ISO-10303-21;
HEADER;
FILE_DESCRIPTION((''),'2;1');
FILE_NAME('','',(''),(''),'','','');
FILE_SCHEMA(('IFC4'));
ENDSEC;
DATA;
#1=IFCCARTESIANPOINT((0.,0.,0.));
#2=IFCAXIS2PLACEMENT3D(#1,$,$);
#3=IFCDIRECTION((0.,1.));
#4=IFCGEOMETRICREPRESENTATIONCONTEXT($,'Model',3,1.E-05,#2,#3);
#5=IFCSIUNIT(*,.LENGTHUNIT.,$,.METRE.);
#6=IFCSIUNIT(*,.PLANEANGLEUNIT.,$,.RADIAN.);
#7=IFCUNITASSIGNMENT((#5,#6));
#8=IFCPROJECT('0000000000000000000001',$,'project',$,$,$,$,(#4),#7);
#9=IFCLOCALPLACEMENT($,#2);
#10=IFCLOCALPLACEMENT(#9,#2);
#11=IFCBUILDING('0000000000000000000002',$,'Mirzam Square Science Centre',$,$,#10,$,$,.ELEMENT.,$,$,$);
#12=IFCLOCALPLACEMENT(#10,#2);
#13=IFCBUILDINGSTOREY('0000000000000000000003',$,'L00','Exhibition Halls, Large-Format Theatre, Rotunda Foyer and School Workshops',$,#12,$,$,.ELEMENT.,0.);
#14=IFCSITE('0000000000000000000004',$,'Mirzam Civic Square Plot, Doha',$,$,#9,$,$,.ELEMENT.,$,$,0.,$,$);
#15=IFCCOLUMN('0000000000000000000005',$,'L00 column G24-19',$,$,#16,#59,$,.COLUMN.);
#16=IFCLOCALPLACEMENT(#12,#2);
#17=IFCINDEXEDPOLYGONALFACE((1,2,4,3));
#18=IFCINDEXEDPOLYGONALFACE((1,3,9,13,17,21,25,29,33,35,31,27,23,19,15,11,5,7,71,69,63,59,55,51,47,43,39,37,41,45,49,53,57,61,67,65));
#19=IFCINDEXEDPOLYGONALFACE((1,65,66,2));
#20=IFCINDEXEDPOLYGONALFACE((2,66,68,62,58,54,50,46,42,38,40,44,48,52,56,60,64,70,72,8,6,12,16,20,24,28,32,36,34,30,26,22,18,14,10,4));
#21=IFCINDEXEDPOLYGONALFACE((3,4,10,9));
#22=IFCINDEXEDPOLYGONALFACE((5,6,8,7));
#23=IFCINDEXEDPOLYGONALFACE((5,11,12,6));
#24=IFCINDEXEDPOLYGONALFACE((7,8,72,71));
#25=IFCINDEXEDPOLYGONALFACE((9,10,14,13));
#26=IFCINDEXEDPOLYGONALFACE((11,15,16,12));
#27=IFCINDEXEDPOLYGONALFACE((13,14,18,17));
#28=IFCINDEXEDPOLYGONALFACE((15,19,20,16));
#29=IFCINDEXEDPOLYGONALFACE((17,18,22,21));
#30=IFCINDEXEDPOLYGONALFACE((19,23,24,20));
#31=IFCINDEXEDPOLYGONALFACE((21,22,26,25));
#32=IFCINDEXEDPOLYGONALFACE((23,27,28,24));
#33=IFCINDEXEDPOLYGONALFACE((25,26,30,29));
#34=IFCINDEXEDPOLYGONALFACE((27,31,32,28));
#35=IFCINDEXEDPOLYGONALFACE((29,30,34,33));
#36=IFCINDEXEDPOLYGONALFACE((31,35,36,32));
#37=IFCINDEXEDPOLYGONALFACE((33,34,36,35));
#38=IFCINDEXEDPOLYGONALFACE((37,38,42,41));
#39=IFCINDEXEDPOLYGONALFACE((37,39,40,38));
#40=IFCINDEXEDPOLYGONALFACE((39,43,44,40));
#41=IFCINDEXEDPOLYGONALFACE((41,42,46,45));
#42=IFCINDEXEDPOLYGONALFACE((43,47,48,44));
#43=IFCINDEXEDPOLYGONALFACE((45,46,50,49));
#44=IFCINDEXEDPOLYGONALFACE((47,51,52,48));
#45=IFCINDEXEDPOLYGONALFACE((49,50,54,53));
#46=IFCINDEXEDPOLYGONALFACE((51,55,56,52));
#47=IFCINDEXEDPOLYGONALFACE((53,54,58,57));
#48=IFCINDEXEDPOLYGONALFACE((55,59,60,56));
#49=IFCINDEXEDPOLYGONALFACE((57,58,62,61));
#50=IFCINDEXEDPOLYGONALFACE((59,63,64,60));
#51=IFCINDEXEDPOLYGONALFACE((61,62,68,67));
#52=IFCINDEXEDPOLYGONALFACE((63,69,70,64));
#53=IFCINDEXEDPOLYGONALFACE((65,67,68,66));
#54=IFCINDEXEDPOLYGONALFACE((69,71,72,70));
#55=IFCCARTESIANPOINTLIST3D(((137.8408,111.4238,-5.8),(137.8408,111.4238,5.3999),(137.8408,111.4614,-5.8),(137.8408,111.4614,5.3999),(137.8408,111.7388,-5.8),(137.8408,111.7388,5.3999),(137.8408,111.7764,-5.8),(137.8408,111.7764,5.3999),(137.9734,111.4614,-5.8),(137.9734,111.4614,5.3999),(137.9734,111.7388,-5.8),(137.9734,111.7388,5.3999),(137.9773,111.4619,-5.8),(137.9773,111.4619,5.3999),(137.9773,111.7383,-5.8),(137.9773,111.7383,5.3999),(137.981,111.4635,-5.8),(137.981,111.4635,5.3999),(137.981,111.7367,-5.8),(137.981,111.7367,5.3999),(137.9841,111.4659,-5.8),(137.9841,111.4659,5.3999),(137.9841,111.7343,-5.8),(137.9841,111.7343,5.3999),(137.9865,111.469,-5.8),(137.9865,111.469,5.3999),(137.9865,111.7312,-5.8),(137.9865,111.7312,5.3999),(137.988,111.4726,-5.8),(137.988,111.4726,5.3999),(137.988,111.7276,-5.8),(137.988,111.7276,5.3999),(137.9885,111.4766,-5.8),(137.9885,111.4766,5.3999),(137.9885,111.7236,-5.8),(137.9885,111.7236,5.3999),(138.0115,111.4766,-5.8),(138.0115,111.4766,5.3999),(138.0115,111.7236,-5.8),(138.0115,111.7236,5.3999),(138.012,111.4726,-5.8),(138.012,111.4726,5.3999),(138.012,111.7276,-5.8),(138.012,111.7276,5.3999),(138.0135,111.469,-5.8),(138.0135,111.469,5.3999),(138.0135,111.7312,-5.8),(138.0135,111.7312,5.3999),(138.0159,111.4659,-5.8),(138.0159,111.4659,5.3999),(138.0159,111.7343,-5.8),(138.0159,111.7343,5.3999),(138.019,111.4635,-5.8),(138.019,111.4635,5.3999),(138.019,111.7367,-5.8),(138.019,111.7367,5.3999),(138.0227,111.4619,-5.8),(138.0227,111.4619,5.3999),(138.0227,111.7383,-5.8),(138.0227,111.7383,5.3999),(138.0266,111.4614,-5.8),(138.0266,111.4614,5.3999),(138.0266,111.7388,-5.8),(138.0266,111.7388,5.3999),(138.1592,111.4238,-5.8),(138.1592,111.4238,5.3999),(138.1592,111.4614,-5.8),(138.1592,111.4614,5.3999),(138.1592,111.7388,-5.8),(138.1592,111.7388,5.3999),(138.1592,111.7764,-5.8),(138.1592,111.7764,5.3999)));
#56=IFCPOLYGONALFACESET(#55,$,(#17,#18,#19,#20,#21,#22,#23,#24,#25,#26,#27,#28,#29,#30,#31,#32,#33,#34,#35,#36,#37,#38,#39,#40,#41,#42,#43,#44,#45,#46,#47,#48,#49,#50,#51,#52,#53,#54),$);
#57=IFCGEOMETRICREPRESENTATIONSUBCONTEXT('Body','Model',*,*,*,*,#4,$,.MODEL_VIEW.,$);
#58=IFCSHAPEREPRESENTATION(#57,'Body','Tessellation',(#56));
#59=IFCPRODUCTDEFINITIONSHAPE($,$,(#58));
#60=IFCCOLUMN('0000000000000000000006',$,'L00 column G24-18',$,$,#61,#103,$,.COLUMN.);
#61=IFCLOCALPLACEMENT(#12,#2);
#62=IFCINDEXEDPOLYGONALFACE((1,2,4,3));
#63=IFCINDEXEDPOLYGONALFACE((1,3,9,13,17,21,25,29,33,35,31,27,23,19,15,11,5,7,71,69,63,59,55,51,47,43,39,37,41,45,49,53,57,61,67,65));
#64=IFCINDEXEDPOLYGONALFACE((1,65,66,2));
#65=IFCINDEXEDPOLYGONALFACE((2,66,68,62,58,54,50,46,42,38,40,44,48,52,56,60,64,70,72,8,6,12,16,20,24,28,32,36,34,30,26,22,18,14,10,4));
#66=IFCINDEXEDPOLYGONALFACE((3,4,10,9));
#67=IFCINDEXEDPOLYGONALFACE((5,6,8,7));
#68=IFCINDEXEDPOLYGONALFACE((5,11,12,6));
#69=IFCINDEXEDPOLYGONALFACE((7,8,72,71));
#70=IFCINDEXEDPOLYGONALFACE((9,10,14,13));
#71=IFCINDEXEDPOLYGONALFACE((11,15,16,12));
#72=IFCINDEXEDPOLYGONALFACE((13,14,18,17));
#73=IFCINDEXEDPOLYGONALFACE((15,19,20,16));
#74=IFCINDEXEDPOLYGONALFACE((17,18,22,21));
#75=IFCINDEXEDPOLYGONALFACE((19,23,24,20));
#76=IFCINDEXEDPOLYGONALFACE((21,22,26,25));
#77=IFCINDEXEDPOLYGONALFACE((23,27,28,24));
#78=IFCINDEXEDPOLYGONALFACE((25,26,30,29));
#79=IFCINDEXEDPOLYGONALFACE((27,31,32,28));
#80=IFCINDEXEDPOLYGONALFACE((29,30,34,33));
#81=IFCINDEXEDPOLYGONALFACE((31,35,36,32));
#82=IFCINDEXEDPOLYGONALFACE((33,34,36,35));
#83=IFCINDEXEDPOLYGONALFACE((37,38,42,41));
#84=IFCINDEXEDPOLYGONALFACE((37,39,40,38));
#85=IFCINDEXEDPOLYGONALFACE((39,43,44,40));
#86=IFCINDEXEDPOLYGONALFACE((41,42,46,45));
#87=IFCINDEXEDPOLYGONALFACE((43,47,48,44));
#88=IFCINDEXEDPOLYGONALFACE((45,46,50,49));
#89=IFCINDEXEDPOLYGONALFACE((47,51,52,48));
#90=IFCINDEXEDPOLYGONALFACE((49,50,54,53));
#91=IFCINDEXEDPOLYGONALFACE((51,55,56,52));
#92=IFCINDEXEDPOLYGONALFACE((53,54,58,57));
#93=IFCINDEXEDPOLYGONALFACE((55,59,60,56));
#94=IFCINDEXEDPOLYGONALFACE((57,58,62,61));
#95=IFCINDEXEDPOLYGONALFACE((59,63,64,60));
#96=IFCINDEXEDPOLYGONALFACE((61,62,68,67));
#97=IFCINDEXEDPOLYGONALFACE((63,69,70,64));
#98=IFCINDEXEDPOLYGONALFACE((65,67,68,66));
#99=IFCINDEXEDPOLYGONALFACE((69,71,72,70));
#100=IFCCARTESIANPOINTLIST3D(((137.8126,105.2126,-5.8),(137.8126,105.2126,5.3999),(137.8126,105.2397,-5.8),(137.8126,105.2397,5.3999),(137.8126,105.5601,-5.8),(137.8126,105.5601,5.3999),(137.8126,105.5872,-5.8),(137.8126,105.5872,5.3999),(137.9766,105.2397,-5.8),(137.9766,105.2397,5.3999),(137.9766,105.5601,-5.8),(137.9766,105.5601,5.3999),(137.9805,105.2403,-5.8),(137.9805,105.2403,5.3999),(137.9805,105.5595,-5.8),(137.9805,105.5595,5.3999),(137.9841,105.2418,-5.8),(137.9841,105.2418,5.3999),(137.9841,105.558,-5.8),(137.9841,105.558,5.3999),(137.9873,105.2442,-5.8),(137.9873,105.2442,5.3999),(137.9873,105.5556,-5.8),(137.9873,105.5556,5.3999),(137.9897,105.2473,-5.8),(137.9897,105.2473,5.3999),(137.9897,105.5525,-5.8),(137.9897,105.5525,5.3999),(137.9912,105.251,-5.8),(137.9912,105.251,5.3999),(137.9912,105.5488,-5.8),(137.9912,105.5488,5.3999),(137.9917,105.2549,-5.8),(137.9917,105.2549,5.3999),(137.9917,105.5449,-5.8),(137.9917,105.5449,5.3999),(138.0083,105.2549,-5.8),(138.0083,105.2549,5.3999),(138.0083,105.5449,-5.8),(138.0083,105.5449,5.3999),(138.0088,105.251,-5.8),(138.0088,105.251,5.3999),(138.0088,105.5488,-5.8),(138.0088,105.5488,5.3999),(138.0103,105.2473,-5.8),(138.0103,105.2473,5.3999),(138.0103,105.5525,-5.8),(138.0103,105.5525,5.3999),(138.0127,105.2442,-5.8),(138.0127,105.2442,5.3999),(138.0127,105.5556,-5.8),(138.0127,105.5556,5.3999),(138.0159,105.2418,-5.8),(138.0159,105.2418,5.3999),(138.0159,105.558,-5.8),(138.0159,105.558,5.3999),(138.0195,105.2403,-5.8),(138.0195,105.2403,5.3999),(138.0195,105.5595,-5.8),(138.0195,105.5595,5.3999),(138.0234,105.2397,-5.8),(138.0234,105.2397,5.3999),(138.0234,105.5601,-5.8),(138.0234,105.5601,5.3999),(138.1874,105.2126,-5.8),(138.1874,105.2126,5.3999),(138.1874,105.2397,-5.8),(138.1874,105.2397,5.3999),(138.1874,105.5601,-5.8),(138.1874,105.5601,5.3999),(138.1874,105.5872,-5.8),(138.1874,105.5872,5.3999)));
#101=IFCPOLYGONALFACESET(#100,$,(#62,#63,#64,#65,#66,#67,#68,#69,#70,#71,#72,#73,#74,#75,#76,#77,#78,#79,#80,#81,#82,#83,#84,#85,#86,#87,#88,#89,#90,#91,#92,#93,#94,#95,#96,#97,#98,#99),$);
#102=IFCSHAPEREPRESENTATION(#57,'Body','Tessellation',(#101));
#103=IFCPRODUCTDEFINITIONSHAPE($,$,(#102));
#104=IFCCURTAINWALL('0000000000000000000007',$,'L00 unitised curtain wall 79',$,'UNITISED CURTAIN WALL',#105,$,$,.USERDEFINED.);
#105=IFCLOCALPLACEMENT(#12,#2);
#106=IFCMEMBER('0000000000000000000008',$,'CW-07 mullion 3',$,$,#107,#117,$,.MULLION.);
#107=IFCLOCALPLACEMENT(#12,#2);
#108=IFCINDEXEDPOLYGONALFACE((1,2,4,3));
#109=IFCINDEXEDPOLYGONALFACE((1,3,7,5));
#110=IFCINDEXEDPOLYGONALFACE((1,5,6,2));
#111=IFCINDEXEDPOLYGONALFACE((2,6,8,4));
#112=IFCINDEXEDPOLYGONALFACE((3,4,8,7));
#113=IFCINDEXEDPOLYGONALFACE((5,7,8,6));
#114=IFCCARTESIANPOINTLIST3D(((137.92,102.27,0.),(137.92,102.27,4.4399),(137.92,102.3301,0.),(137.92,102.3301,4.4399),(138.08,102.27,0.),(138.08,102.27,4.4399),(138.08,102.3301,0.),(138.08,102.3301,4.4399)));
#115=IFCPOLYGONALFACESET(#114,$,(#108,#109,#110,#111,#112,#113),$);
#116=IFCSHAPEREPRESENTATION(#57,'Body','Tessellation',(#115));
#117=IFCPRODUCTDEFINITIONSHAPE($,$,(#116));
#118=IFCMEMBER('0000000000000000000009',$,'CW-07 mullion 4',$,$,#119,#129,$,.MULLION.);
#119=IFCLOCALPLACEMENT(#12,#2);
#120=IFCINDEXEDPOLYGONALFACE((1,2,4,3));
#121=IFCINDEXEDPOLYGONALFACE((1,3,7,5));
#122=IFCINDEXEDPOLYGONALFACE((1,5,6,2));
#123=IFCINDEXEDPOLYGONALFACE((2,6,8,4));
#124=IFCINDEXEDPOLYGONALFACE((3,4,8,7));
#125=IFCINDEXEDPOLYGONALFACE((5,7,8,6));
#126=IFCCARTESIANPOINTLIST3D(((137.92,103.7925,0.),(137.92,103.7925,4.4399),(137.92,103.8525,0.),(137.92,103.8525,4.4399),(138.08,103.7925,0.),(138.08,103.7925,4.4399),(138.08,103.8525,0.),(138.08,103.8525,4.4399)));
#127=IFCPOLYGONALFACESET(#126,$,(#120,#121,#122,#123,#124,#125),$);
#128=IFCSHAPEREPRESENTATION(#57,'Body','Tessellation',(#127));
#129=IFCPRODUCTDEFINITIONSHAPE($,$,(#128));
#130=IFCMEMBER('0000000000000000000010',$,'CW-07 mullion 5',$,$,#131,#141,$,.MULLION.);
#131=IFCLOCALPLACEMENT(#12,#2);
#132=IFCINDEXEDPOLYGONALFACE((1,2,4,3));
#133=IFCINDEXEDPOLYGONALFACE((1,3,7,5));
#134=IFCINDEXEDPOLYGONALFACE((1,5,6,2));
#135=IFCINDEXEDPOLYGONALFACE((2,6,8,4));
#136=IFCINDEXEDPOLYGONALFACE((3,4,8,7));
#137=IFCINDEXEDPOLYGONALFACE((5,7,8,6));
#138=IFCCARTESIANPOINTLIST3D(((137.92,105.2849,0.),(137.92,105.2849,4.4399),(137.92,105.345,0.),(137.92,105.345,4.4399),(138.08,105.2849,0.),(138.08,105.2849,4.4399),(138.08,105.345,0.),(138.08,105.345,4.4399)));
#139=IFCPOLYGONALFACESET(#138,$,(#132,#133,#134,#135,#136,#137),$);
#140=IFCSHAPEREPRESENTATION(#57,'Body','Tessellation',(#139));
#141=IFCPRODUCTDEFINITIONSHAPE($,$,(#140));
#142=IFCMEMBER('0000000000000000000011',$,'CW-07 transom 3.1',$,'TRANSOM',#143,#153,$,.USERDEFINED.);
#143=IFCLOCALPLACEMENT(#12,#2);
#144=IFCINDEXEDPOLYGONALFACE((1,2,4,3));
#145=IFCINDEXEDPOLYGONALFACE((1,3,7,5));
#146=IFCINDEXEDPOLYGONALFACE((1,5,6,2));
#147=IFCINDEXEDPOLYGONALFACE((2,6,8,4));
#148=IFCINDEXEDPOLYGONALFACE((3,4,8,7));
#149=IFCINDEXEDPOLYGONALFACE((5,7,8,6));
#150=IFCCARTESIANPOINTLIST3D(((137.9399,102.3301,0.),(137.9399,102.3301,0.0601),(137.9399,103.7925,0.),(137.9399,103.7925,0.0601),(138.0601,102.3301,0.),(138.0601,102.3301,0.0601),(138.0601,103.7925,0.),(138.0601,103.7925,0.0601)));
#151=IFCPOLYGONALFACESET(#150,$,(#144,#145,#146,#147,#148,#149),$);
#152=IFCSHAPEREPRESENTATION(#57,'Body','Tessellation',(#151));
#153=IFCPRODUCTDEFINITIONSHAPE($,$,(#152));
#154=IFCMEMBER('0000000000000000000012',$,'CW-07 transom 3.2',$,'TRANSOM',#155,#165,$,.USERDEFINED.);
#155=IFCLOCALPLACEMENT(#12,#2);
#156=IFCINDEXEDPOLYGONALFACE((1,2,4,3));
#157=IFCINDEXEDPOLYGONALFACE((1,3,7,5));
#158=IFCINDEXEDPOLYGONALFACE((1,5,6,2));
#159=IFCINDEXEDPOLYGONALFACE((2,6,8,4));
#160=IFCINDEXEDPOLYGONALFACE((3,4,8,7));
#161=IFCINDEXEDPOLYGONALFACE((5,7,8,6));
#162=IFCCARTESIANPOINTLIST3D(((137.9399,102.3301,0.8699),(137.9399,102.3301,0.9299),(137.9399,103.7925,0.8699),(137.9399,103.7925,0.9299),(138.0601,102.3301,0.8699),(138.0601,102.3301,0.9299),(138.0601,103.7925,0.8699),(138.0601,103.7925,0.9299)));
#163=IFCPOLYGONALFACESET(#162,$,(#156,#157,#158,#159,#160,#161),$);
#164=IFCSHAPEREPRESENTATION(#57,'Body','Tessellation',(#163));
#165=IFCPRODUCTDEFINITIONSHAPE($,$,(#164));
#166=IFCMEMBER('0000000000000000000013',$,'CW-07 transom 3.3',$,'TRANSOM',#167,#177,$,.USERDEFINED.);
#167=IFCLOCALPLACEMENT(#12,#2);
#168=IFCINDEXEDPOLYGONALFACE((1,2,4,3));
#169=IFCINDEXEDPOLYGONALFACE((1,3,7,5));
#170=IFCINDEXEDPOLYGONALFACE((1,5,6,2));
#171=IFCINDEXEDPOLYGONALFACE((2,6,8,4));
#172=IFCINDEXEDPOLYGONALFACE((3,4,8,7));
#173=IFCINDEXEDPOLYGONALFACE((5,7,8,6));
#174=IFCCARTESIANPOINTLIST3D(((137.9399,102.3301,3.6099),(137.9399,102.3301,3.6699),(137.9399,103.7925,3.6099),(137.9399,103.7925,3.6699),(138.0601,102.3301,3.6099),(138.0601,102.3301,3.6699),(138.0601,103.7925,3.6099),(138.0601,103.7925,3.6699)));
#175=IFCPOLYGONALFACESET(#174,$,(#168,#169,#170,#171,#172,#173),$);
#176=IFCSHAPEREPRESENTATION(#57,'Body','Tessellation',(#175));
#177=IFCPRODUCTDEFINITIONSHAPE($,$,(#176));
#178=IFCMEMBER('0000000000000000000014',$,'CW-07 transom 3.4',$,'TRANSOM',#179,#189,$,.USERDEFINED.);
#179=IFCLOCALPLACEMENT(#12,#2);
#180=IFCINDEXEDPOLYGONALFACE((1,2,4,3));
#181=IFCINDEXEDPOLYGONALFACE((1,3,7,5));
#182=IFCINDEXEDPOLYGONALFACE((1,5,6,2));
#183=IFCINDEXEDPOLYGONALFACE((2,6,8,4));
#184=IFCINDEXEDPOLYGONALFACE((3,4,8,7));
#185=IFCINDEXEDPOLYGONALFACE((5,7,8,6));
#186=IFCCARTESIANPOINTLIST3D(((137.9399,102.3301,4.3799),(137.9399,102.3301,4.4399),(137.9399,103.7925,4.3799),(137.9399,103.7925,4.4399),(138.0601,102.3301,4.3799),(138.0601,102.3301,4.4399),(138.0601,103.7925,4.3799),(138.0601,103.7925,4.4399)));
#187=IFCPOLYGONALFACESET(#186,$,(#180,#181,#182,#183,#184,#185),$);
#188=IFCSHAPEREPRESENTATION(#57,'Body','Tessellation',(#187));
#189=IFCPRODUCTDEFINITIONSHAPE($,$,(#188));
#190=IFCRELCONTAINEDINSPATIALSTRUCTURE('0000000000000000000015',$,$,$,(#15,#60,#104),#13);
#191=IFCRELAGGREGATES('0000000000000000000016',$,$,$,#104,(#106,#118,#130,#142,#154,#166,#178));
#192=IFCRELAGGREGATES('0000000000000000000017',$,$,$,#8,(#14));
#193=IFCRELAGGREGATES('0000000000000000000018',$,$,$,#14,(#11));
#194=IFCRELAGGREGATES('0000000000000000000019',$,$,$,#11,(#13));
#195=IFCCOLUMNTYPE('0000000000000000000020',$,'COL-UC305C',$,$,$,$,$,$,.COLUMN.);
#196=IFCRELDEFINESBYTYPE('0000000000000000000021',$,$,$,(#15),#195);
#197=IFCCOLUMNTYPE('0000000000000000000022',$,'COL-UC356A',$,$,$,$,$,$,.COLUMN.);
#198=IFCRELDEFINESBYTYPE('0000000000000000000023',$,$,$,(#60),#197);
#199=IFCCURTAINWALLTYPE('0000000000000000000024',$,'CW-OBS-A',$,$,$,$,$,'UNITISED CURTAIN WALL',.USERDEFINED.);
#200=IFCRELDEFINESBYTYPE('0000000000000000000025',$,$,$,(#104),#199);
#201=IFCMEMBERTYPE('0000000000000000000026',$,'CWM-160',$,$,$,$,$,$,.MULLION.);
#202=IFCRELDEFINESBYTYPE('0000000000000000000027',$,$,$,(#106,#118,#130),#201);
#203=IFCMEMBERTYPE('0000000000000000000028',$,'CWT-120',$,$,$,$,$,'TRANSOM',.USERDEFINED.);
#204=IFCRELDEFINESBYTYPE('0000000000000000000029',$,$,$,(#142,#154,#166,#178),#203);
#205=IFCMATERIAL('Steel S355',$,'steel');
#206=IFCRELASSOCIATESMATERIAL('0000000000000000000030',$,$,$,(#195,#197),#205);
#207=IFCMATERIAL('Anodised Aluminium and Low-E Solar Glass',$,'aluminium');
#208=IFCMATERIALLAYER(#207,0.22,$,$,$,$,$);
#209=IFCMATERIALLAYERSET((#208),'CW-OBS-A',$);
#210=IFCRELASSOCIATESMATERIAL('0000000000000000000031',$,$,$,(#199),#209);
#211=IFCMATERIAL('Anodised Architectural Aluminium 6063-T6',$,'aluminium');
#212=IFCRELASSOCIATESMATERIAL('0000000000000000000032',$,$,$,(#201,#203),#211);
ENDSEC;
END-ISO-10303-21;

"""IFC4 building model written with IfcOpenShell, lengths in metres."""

from ifc_helpers import new_model, si_unit, direction, frame, origin, origin_2d, place, context, subcontext, project, spatial, rectangle, i_section, extrude, material, layer, layer_set, material_profile, profile_set, type_object, element, aggregate, save


model = new_model("IFC4")

# Units and contexts
model_context = context("Model", 3, precision=1e-05, world=origin(), true_north=direction((0.0, 1.0)))
body_context = subcontext(model_context, "Body", "Model", "MODEL_VIEW")
ifc_project = project(units=[si_unit("LENGTHUNIT", "METRE"), si_unit("PLANEANGLEUNIT", "RADIAN")], contexts=[model_context])

# Site, building, storey
site_placement = place(None, origin())
site = spatial("IfcSite", under=ifc_project, at=site_placement, Name="Mirzam Civic Square Plot, Doha", CompositionType="ELEMENT", RefElevation=0.0)
building_placement = place(site_placement, origin())
building = spatial("IfcBuilding", under=site, at=building_placement, Name="Mirzam Square Science Centre", CompositionType="ELEMENT")
storey_placement = place(building_placement, origin())
storey = spatial("IfcBuildingStorey", under=building, at=storey_placement, Name="L00", Description="Exhibition Halls, Large-Format Theatre, Rotunda Foyer and School Workshops", CompositionType="ELEMENT", Elevation=0.0)

# Columns
ifc_material_1 = material(Name="Steel S355", Category="steel")
ifc_material_profile_1 = material_profile(ifc_material_1, i_section(OverallWidth=0.3184, OverallDepth=0.3525, WebThickness=0.0229, FlangeThickness=0.0376, FilletRadius=0.0151, at=origin_2d()), Name="305x305x240UC")
ifc_profile_set_1 = profile_set([ifc_material_profile_1], Name="Steel S355")
column_type_1 = type_object("IfcColumnType", Name="COL-UC305C", PredefinedType="COLUMN", material=ifc_profile_set_1)
column_1_placement = place(storey_placement, frame((138.0, 111.6001, -5.8), z_axis=(0.0, 0.0, 1.0), x_axis=(1.0, 0.0, 0.0)))
element("IfcColumn", 1, at=column_1_placement, inside=storey, type_object=column_type_1, Name="L00 column G24-19", PredefinedType="COLUMN", context=body_context, shape_type="SweptSolid", body=[
    extrude(i_section(OverallWidth=0.3184, OverallDepth=0.3525, WebThickness=0.0229, FlangeThickness=0.0376, FilletRadius=0.0151, at=origin_2d()), origin(), (0.0, 0.0, 1.0), 11.2),
])
ifc_material_profile_2 = material_profile(ifc_material_1, i_section(OverallWidth=0.3748, OverallDepth=0.3745, WebThickness=0.0166, FlangeThickness=0.0271, FilletRadius=0.0151, at=origin_2d()), Name="356x368x202UC")
ifc_profile_set_2 = profile_set([ifc_material_profile_2], Name="Steel S355")
column_type_2 = type_object("IfcColumnType", Name="COL-UC356A", PredefinedType="COLUMN", material=ifc_profile_set_2)
column_2_placement = place(storey_placement, frame((138.0, 105.3999, -5.8), z_axis=(0.0, 0.0, 1.0), x_axis=(1.0, 0.0, 0.0)))
element("IfcColumn", 2, at=column_2_placement, inside=storey, type_object=column_type_2, Name="L00 column G24-18", PredefinedType="COLUMN", context=body_context, shape_type="SweptSolid", body=[
    extrude(i_section(OverallWidth=0.3748, OverallDepth=0.3745, WebThickness=0.0166, FlangeThickness=0.0271, FilletRadius=0.0151, at=origin_2d()), origin(), (0.0, 0.0, 1.0), 11.2),
])

# Curtain wall, members
ifc_material_2 = material(Name="Anodised Aluminium and Low-E Solar Glass", Category="aluminium")
ifc_layer_1 = layer(ifc_material_2, 0.22)
ifc_layer_set_1 = layer_set([ifc_layer_1], Name="CW-OBS-A")
curtain_wall_type = type_object("IfcCurtainWallType", Name="CW-OBS-A", ElementType="UNITISED CURTAIN WALL", PredefinedType="USERDEFINED", material=ifc_layer_set_1)
curtain_wall_placement = place(storey_placement, origin())
curtain_wall = element("IfcCurtainWall", 3, at=curtain_wall_placement, inside=storey, type_object=curtain_wall_type, Name="L00 unitised curtain wall 79", ObjectType="UNITISED CURTAIN WALL", PredefinedType="USERDEFINED")
ifc_material_3 = material(Name="Anodised Architectural Aluminium 6063-T6", Category="aluminium")
ifc_material_profile_3 = material_profile(ifc_material_3, rectangle(XDim=0.0601, YDim=0.1599, at=origin_2d()), Name="ALU-MULL-160x60x4")
ifc_profile_set_3 = profile_set([ifc_material_profile_3], Name="Anodised Architectural Aluminium 6063-T6")
member_type_1 = type_object("IfcMemberType", Name="CWM-160", PredefinedType="MULLION", material=ifc_profile_set_3)
member_1_placement = place(storey_placement, frame((138.0, 102.3, 0.0), z_axis=(0.0, 0.0, 1.0), x_axis=(0.0, 1.0, 0.0)))
member_1 = element("IfcMember", 4, at=member_1_placement, type_object=member_type_1, Name="CW-07 mullion 3", PredefinedType="MULLION", context=body_context, shape_type="SweptSolid", body=[
    extrude(rectangle(XDim=0.0601, YDim=0.1599, at=origin_2d()), origin(), (0.0, 0.0, 1.0), 4.4399),
])
member_2_placement = place(storey_placement, frame((138.0, 103.8225, 0.0), z_axis=(0.0, 0.0, 1.0), x_axis=(0.0, 1.0, 0.0)))
member_2 = element("IfcMember", 5, at=member_2_placement, type_object=member_type_1, Name="CW-07 mullion 4", PredefinedType="MULLION", context=body_context, shape_type="SweptSolid", body=[
    extrude(rectangle(XDim=0.0601, YDim=0.1599, at=origin_2d()), origin(), (0.0, 0.0, 1.0), 4.4399),
])
member_3_placement = place(storey_placement, frame((138.0, 105.3149, 0.0), z_axis=(0.0, 0.0, 1.0), x_axis=(0.0, 1.0, 0.0)))
member_3 = element("IfcMember", 6, at=member_3_placement, type_object=member_type_1, Name="CW-07 mullion 5", PredefinedType="MULLION", context=body_context, shape_type="SweptSolid", body=[
    extrude(rectangle(XDim=0.0601, YDim=0.1599, at=origin_2d()), origin(), (0.0, 0.0, 1.0), 4.4399),
])
ifc_material_profile_4 = material_profile(ifc_material_3, rectangle(XDim=0.1201, YDim=0.0601, at=origin_2d()), Name="ALU-TRAN-120x60x4")
ifc_profile_set_4 = profile_set([ifc_material_profile_4], Name="Anodised Architectural Aluminium 6063-T6")
member_type_2 = type_object("IfcMemberType", Name="CWT-120", ElementType="TRANSOM", PredefinedType="USERDEFINED", material=ifc_profile_set_4)
member_4_placement = place(storey_placement, frame((138.0, 102.3301, 0.03), z_axis=(0.0, 1.0, 0.0), x_axis=(-1.0, 0.0, 0.0)))
member_4 = element("IfcMember", 7, at=member_4_placement, type_object=member_type_2, Name="CW-07 transom 3.1", ObjectType="TRANSOM", PredefinedType="USERDEFINED", context=body_context, shape_type="SweptSolid", body=[
    extrude(rectangle(XDim=0.1201, YDim=0.0601, at=origin_2d()), origin(), (0.0, 0.0, 1.0), 1.4624),
])
member_5_placement = place(storey_placement, frame((138.0, 102.3301, 0.8999), z_axis=(0.0, 1.0, 0.0), x_axis=(-1.0, 0.0, 0.0)))
member_5 = element("IfcMember", 8, at=member_5_placement, type_object=member_type_2, Name="CW-07 transom 3.2", ObjectType="TRANSOM", PredefinedType="USERDEFINED", context=body_context, shape_type="SweptSolid", body=[
    extrude(rectangle(XDim=0.1201, YDim=0.0601, at=origin_2d()), origin(), (0.0, 0.0, 1.0), 1.4624),
])
member_6_placement = place(storey_placement, frame((138.0, 102.3301, 3.6399), z_axis=(0.0, 1.0, 0.0), x_axis=(-1.0, 0.0, 0.0)))
member_6 = element("IfcMember", 9, at=member_6_placement, type_object=member_type_2, Name="CW-07 transom 3.3", ObjectType="TRANSOM", PredefinedType="USERDEFINED", context=body_context, shape_type="SweptSolid", body=[
    extrude(rectangle(XDim=0.1201, YDim=0.0601, at=origin_2d()), origin(), (0.0, 0.0, 1.0), 1.4624),
])
member_7_placement = place(storey_placement, frame((138.0, 102.3301, 4.4099), z_axis=(0.0, 1.0, 0.0), x_axis=(-1.0, 0.0, 0.0)))
member_7 = element("IfcMember", 10, at=member_7_placement, type_object=member_type_2, Name="CW-07 transom 3.4", ObjectType="TRANSOM", PredefinedType="USERDEFINED", context=body_context, shape_type="SweptSolid", body=[
    extrude(rectangle(XDim=0.1201, YDim=0.0601, at=origin_2d()), origin(), (0.0, 0.0, 1.0), 1.4624),
])

aggregate(curtain_wall, [member_1, member_2, member_3, member_4, member_5, member_6, member_7])

save(model, "model.ifc")
